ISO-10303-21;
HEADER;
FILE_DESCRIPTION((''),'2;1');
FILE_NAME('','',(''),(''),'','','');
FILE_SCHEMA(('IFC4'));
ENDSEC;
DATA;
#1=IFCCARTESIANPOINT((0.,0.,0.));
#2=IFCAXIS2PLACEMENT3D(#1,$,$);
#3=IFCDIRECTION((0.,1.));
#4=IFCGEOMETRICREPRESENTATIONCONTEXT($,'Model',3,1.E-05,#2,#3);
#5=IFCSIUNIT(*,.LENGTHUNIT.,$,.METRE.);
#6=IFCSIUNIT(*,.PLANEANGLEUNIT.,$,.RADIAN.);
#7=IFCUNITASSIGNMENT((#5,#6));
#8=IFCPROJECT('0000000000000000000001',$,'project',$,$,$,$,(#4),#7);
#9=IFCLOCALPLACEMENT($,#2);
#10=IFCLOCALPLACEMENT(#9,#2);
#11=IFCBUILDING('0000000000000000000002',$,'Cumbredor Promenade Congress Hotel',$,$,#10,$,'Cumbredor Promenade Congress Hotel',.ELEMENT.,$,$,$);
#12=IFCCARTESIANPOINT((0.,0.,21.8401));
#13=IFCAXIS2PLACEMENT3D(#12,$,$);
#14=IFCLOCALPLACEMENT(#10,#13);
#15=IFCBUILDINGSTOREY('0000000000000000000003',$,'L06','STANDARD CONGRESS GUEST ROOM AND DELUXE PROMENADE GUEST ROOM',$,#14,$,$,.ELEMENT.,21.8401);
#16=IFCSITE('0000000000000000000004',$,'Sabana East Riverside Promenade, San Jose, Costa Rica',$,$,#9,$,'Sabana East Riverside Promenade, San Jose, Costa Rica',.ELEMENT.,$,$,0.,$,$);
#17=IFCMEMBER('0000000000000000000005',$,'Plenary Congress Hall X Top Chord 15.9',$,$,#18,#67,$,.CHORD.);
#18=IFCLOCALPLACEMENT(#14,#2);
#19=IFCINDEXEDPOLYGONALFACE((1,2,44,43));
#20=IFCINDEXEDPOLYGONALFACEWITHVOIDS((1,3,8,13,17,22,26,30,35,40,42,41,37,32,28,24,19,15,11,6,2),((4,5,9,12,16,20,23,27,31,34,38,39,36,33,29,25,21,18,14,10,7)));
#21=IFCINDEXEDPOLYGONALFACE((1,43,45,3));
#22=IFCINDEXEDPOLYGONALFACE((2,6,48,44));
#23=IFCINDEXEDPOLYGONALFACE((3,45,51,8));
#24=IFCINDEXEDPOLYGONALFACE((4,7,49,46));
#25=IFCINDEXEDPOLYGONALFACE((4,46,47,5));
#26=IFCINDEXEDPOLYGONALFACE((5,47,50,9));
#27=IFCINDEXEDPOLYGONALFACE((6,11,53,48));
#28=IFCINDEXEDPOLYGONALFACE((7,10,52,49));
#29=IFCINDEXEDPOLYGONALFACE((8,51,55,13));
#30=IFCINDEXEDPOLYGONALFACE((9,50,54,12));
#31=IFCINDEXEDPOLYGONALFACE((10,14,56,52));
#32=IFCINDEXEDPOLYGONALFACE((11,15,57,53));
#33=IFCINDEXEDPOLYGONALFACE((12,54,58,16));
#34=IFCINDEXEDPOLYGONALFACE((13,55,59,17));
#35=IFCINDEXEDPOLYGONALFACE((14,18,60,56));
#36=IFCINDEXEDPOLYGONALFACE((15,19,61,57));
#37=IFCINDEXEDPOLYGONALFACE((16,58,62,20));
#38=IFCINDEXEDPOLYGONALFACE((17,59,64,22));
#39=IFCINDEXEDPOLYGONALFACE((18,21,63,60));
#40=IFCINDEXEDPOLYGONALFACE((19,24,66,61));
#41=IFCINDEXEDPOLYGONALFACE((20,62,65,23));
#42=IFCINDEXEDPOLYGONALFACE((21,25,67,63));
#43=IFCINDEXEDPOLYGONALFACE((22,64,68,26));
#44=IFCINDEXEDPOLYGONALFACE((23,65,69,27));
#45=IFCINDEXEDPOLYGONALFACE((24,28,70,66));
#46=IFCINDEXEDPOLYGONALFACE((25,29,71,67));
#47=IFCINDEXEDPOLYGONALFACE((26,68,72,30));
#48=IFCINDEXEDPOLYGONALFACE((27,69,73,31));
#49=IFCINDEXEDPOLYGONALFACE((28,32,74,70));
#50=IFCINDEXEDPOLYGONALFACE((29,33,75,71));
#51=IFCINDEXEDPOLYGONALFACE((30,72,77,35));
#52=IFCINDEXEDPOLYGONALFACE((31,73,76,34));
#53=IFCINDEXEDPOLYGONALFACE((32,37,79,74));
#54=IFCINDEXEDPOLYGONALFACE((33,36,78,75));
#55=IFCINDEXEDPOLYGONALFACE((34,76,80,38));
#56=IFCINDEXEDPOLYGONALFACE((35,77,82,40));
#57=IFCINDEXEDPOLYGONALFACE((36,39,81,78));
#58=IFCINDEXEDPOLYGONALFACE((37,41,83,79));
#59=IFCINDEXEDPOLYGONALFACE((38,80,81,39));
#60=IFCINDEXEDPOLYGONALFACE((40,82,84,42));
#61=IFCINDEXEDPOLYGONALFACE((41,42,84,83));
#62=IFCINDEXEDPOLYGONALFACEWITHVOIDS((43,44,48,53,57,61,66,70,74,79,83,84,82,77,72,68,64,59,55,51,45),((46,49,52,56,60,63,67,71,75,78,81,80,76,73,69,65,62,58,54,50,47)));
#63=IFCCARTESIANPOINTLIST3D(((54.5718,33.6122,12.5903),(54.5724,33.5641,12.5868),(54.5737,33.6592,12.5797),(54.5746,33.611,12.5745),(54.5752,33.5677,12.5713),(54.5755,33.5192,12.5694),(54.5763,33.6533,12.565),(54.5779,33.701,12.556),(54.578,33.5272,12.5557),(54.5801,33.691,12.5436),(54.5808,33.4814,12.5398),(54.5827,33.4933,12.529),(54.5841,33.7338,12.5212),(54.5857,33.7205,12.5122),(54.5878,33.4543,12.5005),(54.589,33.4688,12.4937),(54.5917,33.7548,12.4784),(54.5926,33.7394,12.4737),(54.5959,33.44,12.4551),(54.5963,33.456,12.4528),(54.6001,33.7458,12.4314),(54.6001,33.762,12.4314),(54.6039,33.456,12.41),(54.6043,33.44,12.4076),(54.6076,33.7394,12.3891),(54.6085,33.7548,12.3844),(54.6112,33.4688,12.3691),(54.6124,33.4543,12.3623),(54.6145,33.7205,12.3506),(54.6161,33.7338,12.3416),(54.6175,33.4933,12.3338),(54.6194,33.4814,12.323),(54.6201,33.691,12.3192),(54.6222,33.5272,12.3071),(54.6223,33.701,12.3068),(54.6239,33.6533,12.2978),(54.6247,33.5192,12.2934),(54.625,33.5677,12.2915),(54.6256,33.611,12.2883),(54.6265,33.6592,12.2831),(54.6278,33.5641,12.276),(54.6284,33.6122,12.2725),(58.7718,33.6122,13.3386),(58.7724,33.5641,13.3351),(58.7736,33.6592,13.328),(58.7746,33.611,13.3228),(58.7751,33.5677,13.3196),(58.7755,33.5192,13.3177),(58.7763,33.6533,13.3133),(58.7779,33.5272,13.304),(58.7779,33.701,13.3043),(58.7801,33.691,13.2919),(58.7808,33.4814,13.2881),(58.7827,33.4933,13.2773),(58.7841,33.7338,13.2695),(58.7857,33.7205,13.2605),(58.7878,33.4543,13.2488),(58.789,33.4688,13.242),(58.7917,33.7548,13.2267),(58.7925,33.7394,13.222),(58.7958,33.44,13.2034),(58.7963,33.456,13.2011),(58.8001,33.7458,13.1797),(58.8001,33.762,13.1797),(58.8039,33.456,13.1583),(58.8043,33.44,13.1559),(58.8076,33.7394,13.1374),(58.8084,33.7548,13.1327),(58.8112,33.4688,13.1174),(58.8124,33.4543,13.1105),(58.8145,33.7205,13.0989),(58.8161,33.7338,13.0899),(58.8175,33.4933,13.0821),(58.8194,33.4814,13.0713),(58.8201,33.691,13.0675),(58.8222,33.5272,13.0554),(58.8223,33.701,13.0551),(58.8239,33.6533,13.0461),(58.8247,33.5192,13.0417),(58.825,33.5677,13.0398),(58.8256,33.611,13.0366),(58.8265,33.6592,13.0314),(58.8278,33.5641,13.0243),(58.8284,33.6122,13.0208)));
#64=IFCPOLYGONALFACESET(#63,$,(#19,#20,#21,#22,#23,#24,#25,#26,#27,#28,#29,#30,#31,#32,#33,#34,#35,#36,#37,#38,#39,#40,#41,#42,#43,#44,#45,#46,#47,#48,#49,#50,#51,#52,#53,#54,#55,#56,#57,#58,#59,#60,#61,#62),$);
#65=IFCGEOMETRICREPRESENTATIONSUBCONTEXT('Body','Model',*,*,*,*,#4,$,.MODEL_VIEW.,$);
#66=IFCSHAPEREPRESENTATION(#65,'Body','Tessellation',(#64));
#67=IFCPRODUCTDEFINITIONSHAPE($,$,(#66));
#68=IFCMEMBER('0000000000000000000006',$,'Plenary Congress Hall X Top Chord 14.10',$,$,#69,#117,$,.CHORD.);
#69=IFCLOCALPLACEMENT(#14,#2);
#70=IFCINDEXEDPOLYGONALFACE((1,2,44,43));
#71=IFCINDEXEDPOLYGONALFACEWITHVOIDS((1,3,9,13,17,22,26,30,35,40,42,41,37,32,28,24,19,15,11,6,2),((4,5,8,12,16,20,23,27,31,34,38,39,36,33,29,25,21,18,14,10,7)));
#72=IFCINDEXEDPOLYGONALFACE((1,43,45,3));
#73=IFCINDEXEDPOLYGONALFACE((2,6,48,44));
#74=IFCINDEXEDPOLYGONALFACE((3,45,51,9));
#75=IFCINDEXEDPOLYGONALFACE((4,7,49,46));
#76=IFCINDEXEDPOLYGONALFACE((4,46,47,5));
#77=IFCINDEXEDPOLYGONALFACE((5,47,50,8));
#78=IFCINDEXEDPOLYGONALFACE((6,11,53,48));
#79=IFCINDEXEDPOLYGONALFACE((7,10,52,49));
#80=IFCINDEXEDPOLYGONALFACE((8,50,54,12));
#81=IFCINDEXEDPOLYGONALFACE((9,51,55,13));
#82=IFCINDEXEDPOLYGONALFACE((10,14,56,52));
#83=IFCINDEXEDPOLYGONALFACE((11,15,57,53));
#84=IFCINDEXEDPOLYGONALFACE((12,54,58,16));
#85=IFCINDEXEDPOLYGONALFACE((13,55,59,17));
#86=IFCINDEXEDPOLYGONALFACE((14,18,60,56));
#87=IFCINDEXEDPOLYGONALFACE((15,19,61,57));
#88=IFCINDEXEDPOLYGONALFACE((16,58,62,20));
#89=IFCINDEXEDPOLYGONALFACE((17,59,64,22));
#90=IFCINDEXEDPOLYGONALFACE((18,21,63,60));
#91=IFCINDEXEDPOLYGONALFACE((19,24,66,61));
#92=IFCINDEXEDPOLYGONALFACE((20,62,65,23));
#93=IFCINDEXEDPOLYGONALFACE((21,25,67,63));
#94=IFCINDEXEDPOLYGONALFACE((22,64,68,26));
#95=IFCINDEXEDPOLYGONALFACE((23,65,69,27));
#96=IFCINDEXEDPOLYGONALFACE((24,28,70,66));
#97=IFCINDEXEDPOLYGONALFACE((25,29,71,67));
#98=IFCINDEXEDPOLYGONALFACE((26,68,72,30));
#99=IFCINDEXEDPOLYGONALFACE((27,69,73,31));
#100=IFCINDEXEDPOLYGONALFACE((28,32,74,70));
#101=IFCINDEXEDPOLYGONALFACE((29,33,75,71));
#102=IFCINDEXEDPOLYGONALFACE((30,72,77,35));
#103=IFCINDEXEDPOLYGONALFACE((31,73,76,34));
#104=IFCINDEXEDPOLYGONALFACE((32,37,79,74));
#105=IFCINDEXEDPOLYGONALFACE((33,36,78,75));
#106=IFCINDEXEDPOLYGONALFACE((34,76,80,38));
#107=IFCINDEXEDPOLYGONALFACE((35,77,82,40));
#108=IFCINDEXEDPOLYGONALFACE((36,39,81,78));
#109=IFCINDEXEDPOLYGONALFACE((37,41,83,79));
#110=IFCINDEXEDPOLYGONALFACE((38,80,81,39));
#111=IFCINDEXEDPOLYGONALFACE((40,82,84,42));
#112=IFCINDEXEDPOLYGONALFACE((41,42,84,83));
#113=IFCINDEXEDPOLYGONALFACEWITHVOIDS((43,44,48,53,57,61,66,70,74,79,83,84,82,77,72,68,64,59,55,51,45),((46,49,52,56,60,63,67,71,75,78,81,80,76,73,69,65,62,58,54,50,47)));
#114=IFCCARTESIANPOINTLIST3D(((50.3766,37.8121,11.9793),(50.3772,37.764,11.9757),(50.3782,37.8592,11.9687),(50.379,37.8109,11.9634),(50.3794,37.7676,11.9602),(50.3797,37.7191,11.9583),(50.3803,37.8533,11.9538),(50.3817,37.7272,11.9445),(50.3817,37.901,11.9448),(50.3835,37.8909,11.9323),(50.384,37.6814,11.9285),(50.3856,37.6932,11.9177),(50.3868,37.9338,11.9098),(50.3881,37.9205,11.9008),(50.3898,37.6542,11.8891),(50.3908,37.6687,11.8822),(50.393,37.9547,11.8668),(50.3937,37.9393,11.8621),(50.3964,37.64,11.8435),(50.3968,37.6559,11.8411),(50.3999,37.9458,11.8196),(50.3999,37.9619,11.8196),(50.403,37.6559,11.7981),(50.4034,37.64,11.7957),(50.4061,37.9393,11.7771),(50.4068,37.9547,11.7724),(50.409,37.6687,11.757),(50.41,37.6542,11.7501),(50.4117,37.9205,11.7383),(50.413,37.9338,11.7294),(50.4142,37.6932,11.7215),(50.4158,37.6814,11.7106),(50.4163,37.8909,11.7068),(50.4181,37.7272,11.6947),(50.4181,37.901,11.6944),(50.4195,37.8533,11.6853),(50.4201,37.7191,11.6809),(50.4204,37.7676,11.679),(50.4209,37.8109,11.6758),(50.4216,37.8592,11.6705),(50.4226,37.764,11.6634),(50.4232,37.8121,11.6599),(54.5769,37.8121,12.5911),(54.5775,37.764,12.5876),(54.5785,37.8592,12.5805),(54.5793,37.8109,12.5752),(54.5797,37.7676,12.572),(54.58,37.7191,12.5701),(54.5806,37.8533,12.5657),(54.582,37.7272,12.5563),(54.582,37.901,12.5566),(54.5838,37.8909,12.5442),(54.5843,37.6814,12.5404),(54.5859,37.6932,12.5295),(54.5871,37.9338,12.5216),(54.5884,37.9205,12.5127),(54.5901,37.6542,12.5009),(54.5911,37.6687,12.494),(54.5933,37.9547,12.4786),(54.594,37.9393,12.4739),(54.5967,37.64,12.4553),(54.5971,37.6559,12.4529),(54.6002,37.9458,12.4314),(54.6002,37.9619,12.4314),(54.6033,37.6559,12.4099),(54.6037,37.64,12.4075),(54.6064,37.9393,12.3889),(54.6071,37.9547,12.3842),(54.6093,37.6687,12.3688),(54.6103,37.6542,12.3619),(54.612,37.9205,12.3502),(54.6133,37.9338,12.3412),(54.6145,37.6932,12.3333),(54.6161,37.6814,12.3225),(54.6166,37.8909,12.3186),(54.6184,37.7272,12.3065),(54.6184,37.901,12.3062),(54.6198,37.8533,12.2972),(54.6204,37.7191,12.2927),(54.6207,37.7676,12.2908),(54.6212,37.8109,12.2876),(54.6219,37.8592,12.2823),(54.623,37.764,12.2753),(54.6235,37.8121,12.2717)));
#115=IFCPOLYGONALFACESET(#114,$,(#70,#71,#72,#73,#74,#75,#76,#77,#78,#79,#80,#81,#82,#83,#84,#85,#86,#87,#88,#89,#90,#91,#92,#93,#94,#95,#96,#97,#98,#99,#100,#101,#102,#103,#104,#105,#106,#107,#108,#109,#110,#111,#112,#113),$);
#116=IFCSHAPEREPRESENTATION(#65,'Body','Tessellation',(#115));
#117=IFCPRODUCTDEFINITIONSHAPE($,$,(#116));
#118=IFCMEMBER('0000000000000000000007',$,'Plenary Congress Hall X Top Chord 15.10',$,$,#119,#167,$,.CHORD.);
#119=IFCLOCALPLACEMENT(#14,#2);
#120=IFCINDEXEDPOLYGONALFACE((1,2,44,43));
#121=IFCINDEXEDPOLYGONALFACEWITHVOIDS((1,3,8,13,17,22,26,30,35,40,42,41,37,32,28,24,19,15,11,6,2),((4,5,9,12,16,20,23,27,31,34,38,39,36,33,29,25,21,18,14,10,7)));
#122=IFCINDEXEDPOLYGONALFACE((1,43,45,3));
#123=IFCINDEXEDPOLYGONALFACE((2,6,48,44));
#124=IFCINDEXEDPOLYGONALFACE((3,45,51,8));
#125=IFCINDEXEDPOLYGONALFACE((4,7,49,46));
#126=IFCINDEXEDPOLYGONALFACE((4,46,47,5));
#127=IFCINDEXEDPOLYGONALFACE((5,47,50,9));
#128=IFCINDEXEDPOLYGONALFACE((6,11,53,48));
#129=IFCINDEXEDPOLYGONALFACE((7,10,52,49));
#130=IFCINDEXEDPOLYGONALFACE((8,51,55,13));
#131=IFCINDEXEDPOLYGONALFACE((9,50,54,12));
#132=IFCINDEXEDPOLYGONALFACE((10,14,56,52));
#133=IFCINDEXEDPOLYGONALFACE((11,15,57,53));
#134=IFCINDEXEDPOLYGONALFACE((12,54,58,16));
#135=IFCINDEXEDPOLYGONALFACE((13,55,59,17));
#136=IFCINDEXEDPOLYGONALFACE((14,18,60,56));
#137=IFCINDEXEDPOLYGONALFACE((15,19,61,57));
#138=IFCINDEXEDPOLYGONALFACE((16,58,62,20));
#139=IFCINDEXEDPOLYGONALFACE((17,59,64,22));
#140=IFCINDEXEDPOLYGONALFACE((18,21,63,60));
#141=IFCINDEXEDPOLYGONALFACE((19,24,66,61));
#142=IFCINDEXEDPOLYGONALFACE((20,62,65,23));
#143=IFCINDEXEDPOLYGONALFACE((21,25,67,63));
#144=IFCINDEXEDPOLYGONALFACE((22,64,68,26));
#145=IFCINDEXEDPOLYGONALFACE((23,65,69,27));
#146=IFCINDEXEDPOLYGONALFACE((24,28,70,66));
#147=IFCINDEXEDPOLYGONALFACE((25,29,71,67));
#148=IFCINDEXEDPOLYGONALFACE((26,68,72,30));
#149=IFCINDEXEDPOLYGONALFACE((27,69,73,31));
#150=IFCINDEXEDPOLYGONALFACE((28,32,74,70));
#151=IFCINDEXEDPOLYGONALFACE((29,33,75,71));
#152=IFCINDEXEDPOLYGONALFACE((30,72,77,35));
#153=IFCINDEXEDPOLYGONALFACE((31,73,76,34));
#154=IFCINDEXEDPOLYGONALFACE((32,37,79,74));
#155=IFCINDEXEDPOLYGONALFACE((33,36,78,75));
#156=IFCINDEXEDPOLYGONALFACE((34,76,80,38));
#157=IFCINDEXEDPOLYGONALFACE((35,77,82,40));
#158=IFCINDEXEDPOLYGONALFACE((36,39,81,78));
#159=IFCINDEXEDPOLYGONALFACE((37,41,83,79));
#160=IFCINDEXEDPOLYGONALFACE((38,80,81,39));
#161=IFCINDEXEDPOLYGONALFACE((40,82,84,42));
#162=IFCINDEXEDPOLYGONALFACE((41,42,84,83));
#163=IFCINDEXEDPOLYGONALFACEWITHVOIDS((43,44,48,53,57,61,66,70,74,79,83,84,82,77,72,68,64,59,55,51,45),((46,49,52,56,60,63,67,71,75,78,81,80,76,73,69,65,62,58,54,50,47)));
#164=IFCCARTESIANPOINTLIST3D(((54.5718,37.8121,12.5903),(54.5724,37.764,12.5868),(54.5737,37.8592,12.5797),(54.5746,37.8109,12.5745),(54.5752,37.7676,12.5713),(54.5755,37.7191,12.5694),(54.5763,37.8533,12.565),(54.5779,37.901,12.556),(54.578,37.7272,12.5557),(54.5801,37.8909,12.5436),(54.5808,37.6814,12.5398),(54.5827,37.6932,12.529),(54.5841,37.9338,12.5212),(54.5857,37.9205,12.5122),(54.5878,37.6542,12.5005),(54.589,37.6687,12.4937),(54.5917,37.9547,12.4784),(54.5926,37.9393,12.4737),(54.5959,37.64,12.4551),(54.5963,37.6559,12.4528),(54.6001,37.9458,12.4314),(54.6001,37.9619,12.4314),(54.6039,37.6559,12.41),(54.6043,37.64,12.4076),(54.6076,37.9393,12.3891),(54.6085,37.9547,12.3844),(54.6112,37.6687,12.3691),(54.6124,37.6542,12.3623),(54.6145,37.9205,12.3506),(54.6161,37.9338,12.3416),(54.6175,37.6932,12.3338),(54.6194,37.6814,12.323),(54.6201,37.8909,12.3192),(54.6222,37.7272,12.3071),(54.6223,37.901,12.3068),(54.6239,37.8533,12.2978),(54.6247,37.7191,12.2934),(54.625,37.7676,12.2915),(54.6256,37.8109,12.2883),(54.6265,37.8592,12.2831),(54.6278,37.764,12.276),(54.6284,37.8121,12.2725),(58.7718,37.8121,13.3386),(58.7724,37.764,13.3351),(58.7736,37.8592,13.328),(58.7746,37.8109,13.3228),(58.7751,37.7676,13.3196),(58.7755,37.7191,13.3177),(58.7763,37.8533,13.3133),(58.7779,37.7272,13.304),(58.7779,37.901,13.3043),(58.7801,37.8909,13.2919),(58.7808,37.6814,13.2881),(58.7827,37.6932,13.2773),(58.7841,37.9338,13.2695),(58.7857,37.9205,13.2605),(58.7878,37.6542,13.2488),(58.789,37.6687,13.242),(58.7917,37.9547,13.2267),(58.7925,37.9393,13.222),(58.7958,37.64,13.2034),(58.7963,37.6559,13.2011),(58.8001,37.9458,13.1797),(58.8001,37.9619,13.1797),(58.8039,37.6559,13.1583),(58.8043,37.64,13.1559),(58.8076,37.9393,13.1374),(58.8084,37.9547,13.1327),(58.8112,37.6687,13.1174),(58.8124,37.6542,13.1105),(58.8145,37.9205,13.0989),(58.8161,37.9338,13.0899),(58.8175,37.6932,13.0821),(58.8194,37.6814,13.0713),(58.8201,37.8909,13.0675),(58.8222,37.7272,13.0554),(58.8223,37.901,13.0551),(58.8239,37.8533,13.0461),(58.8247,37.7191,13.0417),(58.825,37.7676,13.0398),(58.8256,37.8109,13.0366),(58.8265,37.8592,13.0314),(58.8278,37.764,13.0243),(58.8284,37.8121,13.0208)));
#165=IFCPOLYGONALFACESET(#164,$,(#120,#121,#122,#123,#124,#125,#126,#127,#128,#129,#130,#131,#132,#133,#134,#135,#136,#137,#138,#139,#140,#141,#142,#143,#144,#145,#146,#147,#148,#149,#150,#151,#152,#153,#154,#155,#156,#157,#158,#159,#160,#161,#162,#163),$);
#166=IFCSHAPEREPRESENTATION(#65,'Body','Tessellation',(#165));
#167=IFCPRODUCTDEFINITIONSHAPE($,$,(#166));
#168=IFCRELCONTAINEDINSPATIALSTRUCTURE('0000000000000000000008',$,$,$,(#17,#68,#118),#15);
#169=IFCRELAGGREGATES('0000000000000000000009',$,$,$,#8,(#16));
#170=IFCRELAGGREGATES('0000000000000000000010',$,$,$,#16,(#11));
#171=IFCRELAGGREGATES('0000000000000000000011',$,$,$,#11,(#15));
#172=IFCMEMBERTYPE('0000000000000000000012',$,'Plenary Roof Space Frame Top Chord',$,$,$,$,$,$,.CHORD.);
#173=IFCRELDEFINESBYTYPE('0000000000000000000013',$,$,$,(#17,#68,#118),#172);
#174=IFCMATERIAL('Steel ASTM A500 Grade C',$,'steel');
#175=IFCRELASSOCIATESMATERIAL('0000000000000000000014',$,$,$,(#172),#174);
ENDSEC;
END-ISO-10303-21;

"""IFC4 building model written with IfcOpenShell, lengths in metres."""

from ifc_helpers import new_model, si_unit, direction, frame, origin, origin_2d, place, context, subcontext, project, spatial, hollow_circle, extrude, material, material_profile, profile_set, type_object, element, save


model = new_model("IFC4")

# Units and contexts
model_context = context("Model", 3, precision=1e-05, world=origin(), true_north=direction((0.0, 1.0)))
body_context = subcontext(model_context, "Body", "Model", "MODEL_VIEW")
ifc_project = project(units=[si_unit("LENGTHUNIT", "METRE"), si_unit("PLANEANGLEUNIT", "RADIAN")], contexts=[model_context])

# Site, building, storey
site_placement = place(None, origin())
site = spatial("IfcSite", under=ifc_project, at=site_placement, Name="Sabana East Riverside Promenade, San Jose, Costa Rica", LongName="Sabana East Riverside Promenade, San Jose, Costa Rica", CompositionType="ELEMENT", RefElevation=0.0)
building_placement = place(site_placement, origin())
building = spatial("IfcBuilding", under=site, at=building_placement, Name="Cumbredor Promenade Congress Hotel", LongName="Cumbredor Promenade Congress Hotel", CompositionType="ELEMENT")
storey_placement = place(building_placement, frame((0.0, 0.0, 21.8401)))
storey = spatial("IfcBuildingStorey", under=building, at=storey_placement, Name="L06", Description="STANDARD CONGRESS GUEST ROOM AND DELUXE PROMENADE GUEST ROOM", CompositionType="ELEMENT", Elevation=21.8401)

# Members
ifc_material_1 = material(Name="Steel ASTM A500 Grade C", Category="steel")
ifc_material_profile_1 = material_profile(ifc_material_1, hollow_circle(Radius=0.1619, WallThickness=0.0161, at=origin_2d()), Name="CHS 323.9x16")
ifc_profile_set_1 = profile_set([ifc_material_profile_1], Name="Steel ASTM A500 Grade C")
member_type_1 = type_object("IfcMemberType", Name="Plenary Roof Space Frame Top Chord", PredefinedType="CHORD", material=ifc_profile_set_1)
member_1_placement = place(storey_placement, frame((54.6001, 33.6001, 12.4314), z_axis=(0.984496, 0.0, 0.175404), x_axis=(0.0, 1.0, 0.0)))
element("IfcMember", 1, at=member_1_placement, inside=storey, type_object=member_type_1, Name="Plenary Congress Hall X Top Chord 15.9", PredefinedType="CHORD", context=body_context, shape_type="SweptSolid", body=[
    extrude(hollow_circle(Radius=0.1619, WallThickness=0.0161, at=origin_2d()), origin(), (0.0, 0.0, 1.0), 4.2661),
])
member_2_placement = place(storey_placement, frame((50.3999, 37.8, 11.8196), z_axis=(0.989557, 0.0, 0.144143), x_axis=(0.0, 1.0, 0.0)))
element("IfcMember", 2, at=member_2_placement, inside=storey, type_object=member_type_1, Name="Plenary Congress Hall X Top Chord 14.10", PredefinedType="CHORD", context=body_context, shape_type="SweptSolid", body=[
    extrude(hollow_circle(Radius=0.1619, WallThickness=0.0161, at=origin_2d()), origin(), (0.0, 0.0, 1.0), 4.2446),
])
member_3_placement = place(storey_placement, frame((54.6001, 37.8, 12.4314), z_axis=(0.984496, 0.0, 0.175404), x_axis=(0.0, 1.0, 0.0)))
element("IfcMember", 3, at=member_3_placement, inside=storey, type_object=member_type_1, Name="Plenary Congress Hall X Top Chord 15.10", PredefinedType="CHORD", context=body_context, shape_type="SweptSolid", body=[
    extrude(hollow_circle(Radius=0.1619, WallThickness=0.0161, at=origin_2d()), origin(), (0.0, 0.0, 1.0), 4.2661),
])

save(model, "model.ifc")
